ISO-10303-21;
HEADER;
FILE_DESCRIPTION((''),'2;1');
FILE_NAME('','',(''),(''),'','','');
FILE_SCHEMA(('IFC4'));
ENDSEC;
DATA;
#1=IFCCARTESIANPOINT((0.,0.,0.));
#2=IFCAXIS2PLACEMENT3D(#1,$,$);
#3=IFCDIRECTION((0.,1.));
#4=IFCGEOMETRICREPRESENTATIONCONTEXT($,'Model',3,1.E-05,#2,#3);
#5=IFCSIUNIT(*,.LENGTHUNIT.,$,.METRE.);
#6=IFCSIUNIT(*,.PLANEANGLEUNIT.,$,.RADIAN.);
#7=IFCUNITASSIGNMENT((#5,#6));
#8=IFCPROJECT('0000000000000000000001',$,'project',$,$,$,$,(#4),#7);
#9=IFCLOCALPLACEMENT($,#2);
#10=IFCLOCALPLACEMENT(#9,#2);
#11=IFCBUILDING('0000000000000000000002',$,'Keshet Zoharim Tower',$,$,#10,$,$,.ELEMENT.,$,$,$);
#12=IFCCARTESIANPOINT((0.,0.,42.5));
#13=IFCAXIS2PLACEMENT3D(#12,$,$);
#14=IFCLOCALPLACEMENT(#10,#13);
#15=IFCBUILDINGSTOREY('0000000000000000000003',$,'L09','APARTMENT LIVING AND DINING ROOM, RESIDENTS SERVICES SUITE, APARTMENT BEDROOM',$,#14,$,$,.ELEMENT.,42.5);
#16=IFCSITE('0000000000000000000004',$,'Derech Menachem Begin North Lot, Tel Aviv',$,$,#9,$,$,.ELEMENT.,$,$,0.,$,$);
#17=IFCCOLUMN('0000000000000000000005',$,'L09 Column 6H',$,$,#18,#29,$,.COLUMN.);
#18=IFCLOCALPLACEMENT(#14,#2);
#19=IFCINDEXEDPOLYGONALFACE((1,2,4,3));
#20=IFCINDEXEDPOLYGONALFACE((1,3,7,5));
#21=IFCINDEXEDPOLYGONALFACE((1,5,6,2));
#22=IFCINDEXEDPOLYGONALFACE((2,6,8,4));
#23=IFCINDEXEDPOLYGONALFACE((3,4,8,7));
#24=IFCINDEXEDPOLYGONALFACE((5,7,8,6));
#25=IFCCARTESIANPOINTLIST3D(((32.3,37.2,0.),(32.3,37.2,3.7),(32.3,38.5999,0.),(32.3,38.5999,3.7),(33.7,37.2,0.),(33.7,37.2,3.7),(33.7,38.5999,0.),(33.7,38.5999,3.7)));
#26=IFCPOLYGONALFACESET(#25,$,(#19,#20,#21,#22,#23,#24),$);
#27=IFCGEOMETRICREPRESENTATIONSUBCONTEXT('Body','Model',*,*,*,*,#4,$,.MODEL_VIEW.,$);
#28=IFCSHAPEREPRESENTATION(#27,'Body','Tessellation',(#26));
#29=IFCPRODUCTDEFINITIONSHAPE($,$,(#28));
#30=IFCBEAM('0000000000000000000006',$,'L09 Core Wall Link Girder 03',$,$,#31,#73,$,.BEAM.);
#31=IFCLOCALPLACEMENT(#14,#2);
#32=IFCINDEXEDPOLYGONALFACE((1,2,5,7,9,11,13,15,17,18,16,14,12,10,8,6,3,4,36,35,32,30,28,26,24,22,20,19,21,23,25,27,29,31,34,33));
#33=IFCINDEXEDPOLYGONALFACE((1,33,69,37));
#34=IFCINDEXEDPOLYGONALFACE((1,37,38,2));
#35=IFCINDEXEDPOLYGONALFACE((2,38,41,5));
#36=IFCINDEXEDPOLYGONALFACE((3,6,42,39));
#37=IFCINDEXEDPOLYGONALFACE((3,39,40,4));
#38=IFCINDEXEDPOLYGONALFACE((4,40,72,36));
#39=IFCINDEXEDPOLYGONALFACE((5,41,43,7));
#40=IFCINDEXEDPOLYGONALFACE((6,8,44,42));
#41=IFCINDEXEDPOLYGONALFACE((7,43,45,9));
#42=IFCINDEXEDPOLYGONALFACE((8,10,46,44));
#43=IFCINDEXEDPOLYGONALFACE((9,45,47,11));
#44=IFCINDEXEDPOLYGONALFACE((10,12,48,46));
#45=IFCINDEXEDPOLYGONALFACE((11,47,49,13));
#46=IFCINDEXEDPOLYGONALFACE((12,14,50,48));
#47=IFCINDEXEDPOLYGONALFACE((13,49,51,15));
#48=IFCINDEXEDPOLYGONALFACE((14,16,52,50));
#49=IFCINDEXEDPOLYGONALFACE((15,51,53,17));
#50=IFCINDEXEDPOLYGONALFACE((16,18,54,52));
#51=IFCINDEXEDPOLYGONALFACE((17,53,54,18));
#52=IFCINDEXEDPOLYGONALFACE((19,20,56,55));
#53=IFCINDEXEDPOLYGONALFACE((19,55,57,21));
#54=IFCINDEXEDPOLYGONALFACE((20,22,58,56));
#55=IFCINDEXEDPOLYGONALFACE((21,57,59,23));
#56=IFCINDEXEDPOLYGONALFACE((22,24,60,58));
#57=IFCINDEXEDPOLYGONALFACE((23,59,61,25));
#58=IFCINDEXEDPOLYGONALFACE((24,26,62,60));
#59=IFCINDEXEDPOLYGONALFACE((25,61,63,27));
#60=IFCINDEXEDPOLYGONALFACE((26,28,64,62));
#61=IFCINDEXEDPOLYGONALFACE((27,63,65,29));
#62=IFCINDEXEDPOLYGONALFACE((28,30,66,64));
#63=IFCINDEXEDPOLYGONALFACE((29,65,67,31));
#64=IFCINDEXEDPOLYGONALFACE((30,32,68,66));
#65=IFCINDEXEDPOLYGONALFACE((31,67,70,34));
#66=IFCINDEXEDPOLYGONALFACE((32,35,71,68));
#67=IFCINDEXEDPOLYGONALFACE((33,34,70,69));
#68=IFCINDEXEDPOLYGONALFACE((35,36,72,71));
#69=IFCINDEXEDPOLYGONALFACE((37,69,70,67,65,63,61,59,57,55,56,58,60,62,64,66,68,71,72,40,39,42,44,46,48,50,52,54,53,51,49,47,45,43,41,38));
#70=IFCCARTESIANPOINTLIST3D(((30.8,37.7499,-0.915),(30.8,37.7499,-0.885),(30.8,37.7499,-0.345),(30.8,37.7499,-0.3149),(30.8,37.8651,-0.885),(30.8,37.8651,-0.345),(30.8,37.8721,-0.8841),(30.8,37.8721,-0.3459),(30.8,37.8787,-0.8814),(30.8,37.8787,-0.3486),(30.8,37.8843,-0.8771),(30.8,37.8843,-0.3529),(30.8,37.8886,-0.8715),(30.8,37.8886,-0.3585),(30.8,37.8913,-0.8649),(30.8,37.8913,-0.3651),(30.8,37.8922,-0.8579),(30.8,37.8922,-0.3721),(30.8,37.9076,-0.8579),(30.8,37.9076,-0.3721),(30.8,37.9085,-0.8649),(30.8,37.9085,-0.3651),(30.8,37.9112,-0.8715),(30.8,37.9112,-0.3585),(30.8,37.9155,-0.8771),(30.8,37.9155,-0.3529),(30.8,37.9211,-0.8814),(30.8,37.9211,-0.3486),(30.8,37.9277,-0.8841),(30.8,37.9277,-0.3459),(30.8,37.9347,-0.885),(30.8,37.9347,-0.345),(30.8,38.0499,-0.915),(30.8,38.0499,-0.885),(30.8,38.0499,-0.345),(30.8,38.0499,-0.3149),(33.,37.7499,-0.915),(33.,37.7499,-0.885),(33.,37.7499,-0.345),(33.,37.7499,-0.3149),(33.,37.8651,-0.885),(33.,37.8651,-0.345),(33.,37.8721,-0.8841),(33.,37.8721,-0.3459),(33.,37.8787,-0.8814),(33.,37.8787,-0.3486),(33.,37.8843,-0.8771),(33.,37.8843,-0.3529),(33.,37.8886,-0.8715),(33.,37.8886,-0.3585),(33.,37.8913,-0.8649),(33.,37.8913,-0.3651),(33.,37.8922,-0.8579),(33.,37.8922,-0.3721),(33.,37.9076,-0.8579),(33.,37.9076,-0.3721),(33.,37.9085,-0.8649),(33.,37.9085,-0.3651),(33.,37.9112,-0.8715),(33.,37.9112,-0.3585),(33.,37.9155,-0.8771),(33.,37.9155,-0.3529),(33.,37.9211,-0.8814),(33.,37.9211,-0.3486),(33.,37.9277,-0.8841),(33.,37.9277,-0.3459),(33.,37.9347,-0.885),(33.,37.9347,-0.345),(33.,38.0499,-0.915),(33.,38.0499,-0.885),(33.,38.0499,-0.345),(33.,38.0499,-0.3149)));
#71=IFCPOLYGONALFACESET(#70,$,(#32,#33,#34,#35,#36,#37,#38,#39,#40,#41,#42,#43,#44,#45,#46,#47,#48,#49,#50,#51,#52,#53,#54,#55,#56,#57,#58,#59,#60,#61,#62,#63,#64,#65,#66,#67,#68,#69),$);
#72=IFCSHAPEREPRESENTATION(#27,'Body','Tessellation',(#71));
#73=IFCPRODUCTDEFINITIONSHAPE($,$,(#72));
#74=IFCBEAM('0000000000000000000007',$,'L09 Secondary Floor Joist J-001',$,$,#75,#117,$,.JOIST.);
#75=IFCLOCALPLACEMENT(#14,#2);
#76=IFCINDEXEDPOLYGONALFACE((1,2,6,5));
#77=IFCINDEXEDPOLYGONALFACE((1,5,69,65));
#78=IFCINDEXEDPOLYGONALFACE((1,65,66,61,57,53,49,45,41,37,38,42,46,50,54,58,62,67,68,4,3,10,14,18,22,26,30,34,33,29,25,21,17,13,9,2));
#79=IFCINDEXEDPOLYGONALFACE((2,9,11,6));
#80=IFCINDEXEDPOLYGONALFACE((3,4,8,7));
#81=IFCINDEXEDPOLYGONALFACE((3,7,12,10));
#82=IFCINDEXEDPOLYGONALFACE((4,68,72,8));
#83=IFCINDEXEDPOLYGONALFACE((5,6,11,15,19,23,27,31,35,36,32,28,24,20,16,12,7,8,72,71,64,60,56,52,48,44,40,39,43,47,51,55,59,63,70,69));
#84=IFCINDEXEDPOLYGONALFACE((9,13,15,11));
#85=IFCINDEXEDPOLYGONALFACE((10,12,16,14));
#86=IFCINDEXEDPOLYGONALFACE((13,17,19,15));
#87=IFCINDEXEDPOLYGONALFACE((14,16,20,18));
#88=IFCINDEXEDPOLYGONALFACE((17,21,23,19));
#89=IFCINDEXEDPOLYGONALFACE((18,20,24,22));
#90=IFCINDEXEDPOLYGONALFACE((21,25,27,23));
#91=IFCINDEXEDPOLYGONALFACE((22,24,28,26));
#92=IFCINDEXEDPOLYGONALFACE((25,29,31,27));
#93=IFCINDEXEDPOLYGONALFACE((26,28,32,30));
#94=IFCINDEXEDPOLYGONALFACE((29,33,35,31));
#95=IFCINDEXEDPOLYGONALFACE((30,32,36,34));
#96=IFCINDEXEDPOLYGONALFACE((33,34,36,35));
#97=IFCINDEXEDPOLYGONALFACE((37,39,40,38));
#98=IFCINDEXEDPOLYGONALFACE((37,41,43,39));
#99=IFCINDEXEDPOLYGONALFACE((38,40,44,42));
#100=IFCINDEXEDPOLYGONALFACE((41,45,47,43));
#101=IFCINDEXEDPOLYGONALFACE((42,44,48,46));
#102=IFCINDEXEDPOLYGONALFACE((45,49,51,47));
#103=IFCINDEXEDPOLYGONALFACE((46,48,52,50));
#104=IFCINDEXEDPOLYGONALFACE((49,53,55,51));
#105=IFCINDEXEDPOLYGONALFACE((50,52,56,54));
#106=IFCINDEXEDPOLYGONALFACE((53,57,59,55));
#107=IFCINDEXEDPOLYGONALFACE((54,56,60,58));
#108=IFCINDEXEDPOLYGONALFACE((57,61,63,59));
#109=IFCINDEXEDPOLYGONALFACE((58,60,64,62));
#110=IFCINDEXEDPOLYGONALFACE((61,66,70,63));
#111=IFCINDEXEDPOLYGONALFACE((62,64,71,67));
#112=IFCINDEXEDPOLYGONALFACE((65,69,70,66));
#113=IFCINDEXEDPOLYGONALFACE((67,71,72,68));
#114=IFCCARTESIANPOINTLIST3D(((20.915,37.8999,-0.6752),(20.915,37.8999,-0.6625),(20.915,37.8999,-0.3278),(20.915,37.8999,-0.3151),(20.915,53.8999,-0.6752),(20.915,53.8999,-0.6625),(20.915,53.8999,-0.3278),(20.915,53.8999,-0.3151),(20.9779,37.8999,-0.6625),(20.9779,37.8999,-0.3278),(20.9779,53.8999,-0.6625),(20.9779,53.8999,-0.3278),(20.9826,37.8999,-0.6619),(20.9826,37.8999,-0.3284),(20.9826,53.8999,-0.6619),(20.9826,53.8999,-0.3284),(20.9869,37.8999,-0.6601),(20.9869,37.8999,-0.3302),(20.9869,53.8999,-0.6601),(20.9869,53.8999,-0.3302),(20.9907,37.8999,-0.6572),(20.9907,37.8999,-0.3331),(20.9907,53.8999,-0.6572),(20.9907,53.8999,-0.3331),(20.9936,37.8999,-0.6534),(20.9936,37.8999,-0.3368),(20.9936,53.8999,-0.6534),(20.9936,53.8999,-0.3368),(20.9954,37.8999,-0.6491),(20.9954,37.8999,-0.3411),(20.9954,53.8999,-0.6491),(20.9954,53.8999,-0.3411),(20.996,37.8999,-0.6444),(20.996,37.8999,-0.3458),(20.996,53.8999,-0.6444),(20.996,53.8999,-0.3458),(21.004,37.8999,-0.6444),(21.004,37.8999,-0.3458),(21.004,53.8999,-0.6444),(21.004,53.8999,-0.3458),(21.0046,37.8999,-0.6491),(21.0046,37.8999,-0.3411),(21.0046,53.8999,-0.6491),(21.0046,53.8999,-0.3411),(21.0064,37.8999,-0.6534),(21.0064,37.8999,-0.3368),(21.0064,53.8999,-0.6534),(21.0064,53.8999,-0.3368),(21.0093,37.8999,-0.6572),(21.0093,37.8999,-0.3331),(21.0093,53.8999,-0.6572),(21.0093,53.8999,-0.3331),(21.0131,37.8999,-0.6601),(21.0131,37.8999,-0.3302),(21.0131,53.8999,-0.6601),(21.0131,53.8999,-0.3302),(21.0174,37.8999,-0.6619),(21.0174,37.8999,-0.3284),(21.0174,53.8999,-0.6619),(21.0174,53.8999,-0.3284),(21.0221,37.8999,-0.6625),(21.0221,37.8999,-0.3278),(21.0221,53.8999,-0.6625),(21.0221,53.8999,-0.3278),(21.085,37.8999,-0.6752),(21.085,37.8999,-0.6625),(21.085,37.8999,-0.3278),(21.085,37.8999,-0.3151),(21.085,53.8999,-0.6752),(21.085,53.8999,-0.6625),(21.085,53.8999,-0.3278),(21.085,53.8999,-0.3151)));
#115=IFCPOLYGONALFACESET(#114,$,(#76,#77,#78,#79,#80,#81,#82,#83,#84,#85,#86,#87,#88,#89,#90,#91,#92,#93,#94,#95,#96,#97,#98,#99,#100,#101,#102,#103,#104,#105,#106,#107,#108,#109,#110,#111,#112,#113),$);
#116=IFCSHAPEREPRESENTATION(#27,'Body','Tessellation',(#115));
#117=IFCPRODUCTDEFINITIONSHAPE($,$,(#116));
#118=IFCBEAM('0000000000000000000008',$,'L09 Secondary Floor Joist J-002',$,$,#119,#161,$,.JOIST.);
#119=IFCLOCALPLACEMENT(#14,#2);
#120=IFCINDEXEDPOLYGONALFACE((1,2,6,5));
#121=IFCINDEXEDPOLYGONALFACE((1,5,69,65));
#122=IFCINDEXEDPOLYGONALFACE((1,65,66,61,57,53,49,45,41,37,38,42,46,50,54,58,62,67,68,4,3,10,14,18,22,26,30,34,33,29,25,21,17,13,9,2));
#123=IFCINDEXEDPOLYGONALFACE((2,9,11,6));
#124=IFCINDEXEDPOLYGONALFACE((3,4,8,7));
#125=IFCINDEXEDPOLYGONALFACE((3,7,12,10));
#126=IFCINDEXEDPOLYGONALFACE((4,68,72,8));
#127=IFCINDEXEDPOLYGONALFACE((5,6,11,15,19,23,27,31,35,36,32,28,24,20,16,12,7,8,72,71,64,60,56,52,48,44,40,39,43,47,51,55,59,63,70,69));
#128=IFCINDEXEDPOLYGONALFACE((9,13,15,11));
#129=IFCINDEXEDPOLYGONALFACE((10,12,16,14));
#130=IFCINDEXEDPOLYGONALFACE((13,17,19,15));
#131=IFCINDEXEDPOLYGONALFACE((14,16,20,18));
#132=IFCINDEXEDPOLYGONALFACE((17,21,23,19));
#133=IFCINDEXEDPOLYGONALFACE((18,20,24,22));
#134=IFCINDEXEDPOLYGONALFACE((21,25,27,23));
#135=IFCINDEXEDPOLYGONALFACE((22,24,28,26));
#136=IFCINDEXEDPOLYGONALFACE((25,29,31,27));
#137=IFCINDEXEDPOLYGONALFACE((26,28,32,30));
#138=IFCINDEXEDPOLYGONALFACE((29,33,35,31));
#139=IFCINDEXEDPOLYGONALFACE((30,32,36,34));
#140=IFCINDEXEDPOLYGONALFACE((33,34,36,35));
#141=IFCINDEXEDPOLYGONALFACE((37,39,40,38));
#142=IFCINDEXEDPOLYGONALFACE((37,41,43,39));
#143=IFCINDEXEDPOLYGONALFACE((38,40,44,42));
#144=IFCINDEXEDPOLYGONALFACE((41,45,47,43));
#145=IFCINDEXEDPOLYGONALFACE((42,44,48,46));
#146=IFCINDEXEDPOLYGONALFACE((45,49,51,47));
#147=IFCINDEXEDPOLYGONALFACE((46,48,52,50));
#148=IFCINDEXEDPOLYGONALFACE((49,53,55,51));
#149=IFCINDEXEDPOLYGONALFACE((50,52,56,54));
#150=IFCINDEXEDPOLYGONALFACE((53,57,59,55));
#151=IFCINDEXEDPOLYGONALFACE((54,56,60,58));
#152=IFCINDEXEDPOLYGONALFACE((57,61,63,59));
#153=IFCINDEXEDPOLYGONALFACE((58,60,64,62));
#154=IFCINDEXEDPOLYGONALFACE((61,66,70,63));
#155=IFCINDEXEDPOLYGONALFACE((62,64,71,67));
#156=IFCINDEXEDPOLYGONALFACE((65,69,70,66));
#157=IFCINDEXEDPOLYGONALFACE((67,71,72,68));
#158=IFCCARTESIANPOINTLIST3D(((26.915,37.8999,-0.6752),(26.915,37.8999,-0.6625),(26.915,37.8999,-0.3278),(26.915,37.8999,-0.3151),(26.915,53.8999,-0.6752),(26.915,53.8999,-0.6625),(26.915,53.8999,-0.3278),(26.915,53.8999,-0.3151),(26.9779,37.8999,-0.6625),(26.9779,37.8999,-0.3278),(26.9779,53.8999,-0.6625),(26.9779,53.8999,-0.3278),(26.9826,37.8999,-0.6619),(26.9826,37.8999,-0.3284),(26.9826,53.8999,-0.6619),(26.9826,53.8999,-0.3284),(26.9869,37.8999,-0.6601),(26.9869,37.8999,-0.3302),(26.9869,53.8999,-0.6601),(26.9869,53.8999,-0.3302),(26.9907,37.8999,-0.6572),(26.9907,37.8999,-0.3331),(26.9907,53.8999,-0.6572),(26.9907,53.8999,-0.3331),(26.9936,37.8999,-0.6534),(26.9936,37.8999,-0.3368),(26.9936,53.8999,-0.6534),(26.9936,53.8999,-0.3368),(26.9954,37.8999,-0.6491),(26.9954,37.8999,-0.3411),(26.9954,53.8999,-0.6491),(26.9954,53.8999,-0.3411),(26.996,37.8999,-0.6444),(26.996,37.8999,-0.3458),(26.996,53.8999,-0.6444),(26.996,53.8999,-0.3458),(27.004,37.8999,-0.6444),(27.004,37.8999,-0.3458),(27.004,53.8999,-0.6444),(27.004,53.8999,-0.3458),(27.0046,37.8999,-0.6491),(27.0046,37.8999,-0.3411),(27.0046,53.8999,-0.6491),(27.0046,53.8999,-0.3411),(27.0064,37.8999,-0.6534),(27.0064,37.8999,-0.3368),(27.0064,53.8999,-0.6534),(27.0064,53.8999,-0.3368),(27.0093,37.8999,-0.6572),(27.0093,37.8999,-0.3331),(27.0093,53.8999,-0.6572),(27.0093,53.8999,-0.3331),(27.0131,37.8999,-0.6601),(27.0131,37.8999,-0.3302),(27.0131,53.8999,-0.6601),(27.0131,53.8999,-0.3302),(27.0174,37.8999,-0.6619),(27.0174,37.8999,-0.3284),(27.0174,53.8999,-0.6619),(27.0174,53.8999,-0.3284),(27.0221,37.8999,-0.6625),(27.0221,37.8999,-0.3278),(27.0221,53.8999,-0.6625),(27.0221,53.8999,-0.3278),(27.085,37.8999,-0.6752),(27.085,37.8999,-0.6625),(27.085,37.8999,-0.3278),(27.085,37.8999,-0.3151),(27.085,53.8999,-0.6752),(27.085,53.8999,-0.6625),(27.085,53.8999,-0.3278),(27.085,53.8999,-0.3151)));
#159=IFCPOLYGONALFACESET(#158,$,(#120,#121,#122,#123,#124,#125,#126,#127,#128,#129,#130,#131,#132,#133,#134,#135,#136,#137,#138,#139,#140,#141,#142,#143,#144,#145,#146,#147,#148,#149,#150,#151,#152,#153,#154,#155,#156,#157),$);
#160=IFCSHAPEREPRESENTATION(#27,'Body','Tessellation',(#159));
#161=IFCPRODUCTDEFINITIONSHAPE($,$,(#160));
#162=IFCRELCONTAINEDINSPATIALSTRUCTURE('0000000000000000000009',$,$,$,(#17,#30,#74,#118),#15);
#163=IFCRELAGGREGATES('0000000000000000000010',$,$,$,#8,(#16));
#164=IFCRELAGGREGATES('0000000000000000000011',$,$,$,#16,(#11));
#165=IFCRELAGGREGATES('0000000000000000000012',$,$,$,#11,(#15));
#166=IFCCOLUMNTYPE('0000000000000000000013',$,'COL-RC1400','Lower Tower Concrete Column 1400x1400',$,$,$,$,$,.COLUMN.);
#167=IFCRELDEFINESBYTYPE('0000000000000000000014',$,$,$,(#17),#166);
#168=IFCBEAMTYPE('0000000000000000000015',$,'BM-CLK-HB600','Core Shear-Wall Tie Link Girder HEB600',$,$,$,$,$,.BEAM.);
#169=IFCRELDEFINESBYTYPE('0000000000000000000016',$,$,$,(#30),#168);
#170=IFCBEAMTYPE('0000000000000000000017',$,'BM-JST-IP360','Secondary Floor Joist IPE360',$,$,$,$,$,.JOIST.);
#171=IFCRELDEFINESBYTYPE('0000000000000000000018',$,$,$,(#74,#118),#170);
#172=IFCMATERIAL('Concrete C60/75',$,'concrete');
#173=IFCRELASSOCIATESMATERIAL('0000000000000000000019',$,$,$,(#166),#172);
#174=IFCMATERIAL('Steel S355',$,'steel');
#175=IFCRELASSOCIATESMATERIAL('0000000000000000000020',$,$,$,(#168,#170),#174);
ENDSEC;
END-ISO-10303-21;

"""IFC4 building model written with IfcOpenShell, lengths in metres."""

from ifc_helpers import new_model, si_unit, direction, frame, origin, origin_2d, place, context, subcontext, project, spatial, rectangle, i_section, extrude, material, material_profile, profile_set, type_object, element, save


model = new_model("IFC4")

# Units and contexts
model_context = context("Model", 3, precision=1e-05, world=origin(), true_north=direction((0.0, 1.0)))
body_context = subcontext(model_context, "Body", "Model", "MODEL_VIEW")
ifc_project = project(units=[si_unit("LENGTHUNIT", "METRE"), si_unit("PLANEANGLEUNIT", "RADIAN")], contexts=[model_context])

# Site, building, storey
site_placement = place(None, origin())
site = spatial("IfcSite", under=ifc_project, at=site_placement, Name="Derech Menachem Begin North Lot, Tel Aviv", CompositionType="ELEMENT", RefElevation=0.0)
building_placement = place(site_placement, origin())
building = spatial("IfcBuilding", under=site, at=building_placement, Name="Keshet Zoharim Tower", CompositionType="ELEMENT")
storey_placement = place(building_placement, frame((0.0, 0.0, 42.5)))
storey = spatial("IfcBuildingStorey", under=building, at=storey_placement, Name="L09", Description="APARTMENT LIVING AND DINING ROOM, RESIDENTS SERVICES SUITE, APARTMENT BEDROOM", CompositionType="ELEMENT", Elevation=42.5)

# Column
ifc_material_1 = material(Name="Concrete C60/75", Category="concrete")
ifc_material_profile_1 = material_profile(ifc_material_1, rectangle(XDim=1.3999, YDim=1.3999, at=origin_2d()), Name="RC1400x1400")
ifc_profile_set_1 = profile_set([ifc_material_profile_1], Name="Concrete C60/75")
column_type = type_object("IfcColumnType", Name="COL-RC1400", Description="Lower Tower Concrete Column 1400x1400", PredefinedType="COLUMN", material=ifc_profile_set_1)
column_placement = place(storey_placement, frame((33.0, 37.8999, 0.0), z_axis=(0.0, 0.0, 1.0), x_axis=(1.0, 0.0, 0.0)))
element("IfcColumn", 1, at=column_placement, inside=storey, type_object=column_type, Name="L09 Column 6H", PredefinedType="COLUMN", context=body_context, shape_type="SweptSolid", body=[
    extrude(rectangle(XDim=1.3999, YDim=1.3999, at=origin_2d()), origin(), (0.0, 0.0, 1.0), 3.7),
])

# Beams
ifc_material_2 = material(Name="Steel S355", Category="steel")
ifc_material_profile_2 = material_profile(ifc_material_2, i_section(OverallWidth=0.3, OverallDepth=0.6001, WebThickness=0.0154, FlangeThickness=0.03, FilletRadius=0.0271, at=origin_2d()), Name="HEB600")
ifc_profile_set_2 = profile_set([ifc_material_profile_2], Name="Steel S355")
beam_type_1 = type_object("IfcBeamType", Name="BM-CLK-HB600", Description="Core Shear-Wall Tie Link Girder HEB600", PredefinedType="BEAM", material=ifc_profile_set_2)
beam_1_placement = place(storey_placement, frame((30.8, 37.8999, -0.615), z_axis=(1.0, 0.0, 0.0), x_axis=(0.0, 1.0, 0.0)))
element("IfcBeam", 2, at=beam_1_placement, inside=storey, type_object=beam_type_1, Name="L09 Core Wall Link Girder 03", PredefinedType="BEAM", context=body_context, shape_type="SweptSolid", body=[
    extrude(i_section(OverallWidth=0.3, OverallDepth=0.6001, WebThickness=0.0154, FlangeThickness=0.03, FilletRadius=0.0271, at=origin_2d()), origin(), (0.0, 0.0, 1.0), 2.2),
])
ifc_material_profile_3 = material_profile(ifc_material_2, i_section(OverallWidth=0.1699, OverallDepth=0.3601, WebThickness=0.0081, FlangeThickness=0.0127, FilletRadius=0.0181, at=origin_2d()), Name="IPE360")
ifc_profile_set_3 = profile_set([ifc_material_profile_3], Name="Steel S355")
beam_type_2 = type_object("IfcBeamType", Name="BM-JST-IP360", Description="Secondary Floor Joist IPE360", PredefinedType="JOIST", material=ifc_profile_set_3)
for number, where, z_axis, x_axis, name in (
    (3, (21.0, 37.8999, -0.4951), (0.0, 1.0, 0.0), (-1.0, 0.0, 0.0), "L09 Secondary Floor Joist J-001"),
    (4, (27.0, 37.8999, -0.4951), (0.0, 1.0, 0.0), (-1.0, 0.0, 0.0), "L09 Secondary Floor Joist J-002"),
):
    element("IfcBeam", number, at=place(storey_placement, frame(where, z_axis=z_axis, x_axis=x_axis)), inside=storey, type_object=beam_type_2, Name=name, PredefinedType="JOIST", context=body_context, shape_type="SweptSolid", body=[
        extrude(i_section(OverallWidth=0.1699, OverallDepth=0.3601, WebThickness=0.0081, FlangeThickness=0.0127, FilletRadius=0.0181, at=origin_2d()), origin(), (0.0, 0.0, 1.0), 16.0),
    ])

save(model, "model.ifc")
